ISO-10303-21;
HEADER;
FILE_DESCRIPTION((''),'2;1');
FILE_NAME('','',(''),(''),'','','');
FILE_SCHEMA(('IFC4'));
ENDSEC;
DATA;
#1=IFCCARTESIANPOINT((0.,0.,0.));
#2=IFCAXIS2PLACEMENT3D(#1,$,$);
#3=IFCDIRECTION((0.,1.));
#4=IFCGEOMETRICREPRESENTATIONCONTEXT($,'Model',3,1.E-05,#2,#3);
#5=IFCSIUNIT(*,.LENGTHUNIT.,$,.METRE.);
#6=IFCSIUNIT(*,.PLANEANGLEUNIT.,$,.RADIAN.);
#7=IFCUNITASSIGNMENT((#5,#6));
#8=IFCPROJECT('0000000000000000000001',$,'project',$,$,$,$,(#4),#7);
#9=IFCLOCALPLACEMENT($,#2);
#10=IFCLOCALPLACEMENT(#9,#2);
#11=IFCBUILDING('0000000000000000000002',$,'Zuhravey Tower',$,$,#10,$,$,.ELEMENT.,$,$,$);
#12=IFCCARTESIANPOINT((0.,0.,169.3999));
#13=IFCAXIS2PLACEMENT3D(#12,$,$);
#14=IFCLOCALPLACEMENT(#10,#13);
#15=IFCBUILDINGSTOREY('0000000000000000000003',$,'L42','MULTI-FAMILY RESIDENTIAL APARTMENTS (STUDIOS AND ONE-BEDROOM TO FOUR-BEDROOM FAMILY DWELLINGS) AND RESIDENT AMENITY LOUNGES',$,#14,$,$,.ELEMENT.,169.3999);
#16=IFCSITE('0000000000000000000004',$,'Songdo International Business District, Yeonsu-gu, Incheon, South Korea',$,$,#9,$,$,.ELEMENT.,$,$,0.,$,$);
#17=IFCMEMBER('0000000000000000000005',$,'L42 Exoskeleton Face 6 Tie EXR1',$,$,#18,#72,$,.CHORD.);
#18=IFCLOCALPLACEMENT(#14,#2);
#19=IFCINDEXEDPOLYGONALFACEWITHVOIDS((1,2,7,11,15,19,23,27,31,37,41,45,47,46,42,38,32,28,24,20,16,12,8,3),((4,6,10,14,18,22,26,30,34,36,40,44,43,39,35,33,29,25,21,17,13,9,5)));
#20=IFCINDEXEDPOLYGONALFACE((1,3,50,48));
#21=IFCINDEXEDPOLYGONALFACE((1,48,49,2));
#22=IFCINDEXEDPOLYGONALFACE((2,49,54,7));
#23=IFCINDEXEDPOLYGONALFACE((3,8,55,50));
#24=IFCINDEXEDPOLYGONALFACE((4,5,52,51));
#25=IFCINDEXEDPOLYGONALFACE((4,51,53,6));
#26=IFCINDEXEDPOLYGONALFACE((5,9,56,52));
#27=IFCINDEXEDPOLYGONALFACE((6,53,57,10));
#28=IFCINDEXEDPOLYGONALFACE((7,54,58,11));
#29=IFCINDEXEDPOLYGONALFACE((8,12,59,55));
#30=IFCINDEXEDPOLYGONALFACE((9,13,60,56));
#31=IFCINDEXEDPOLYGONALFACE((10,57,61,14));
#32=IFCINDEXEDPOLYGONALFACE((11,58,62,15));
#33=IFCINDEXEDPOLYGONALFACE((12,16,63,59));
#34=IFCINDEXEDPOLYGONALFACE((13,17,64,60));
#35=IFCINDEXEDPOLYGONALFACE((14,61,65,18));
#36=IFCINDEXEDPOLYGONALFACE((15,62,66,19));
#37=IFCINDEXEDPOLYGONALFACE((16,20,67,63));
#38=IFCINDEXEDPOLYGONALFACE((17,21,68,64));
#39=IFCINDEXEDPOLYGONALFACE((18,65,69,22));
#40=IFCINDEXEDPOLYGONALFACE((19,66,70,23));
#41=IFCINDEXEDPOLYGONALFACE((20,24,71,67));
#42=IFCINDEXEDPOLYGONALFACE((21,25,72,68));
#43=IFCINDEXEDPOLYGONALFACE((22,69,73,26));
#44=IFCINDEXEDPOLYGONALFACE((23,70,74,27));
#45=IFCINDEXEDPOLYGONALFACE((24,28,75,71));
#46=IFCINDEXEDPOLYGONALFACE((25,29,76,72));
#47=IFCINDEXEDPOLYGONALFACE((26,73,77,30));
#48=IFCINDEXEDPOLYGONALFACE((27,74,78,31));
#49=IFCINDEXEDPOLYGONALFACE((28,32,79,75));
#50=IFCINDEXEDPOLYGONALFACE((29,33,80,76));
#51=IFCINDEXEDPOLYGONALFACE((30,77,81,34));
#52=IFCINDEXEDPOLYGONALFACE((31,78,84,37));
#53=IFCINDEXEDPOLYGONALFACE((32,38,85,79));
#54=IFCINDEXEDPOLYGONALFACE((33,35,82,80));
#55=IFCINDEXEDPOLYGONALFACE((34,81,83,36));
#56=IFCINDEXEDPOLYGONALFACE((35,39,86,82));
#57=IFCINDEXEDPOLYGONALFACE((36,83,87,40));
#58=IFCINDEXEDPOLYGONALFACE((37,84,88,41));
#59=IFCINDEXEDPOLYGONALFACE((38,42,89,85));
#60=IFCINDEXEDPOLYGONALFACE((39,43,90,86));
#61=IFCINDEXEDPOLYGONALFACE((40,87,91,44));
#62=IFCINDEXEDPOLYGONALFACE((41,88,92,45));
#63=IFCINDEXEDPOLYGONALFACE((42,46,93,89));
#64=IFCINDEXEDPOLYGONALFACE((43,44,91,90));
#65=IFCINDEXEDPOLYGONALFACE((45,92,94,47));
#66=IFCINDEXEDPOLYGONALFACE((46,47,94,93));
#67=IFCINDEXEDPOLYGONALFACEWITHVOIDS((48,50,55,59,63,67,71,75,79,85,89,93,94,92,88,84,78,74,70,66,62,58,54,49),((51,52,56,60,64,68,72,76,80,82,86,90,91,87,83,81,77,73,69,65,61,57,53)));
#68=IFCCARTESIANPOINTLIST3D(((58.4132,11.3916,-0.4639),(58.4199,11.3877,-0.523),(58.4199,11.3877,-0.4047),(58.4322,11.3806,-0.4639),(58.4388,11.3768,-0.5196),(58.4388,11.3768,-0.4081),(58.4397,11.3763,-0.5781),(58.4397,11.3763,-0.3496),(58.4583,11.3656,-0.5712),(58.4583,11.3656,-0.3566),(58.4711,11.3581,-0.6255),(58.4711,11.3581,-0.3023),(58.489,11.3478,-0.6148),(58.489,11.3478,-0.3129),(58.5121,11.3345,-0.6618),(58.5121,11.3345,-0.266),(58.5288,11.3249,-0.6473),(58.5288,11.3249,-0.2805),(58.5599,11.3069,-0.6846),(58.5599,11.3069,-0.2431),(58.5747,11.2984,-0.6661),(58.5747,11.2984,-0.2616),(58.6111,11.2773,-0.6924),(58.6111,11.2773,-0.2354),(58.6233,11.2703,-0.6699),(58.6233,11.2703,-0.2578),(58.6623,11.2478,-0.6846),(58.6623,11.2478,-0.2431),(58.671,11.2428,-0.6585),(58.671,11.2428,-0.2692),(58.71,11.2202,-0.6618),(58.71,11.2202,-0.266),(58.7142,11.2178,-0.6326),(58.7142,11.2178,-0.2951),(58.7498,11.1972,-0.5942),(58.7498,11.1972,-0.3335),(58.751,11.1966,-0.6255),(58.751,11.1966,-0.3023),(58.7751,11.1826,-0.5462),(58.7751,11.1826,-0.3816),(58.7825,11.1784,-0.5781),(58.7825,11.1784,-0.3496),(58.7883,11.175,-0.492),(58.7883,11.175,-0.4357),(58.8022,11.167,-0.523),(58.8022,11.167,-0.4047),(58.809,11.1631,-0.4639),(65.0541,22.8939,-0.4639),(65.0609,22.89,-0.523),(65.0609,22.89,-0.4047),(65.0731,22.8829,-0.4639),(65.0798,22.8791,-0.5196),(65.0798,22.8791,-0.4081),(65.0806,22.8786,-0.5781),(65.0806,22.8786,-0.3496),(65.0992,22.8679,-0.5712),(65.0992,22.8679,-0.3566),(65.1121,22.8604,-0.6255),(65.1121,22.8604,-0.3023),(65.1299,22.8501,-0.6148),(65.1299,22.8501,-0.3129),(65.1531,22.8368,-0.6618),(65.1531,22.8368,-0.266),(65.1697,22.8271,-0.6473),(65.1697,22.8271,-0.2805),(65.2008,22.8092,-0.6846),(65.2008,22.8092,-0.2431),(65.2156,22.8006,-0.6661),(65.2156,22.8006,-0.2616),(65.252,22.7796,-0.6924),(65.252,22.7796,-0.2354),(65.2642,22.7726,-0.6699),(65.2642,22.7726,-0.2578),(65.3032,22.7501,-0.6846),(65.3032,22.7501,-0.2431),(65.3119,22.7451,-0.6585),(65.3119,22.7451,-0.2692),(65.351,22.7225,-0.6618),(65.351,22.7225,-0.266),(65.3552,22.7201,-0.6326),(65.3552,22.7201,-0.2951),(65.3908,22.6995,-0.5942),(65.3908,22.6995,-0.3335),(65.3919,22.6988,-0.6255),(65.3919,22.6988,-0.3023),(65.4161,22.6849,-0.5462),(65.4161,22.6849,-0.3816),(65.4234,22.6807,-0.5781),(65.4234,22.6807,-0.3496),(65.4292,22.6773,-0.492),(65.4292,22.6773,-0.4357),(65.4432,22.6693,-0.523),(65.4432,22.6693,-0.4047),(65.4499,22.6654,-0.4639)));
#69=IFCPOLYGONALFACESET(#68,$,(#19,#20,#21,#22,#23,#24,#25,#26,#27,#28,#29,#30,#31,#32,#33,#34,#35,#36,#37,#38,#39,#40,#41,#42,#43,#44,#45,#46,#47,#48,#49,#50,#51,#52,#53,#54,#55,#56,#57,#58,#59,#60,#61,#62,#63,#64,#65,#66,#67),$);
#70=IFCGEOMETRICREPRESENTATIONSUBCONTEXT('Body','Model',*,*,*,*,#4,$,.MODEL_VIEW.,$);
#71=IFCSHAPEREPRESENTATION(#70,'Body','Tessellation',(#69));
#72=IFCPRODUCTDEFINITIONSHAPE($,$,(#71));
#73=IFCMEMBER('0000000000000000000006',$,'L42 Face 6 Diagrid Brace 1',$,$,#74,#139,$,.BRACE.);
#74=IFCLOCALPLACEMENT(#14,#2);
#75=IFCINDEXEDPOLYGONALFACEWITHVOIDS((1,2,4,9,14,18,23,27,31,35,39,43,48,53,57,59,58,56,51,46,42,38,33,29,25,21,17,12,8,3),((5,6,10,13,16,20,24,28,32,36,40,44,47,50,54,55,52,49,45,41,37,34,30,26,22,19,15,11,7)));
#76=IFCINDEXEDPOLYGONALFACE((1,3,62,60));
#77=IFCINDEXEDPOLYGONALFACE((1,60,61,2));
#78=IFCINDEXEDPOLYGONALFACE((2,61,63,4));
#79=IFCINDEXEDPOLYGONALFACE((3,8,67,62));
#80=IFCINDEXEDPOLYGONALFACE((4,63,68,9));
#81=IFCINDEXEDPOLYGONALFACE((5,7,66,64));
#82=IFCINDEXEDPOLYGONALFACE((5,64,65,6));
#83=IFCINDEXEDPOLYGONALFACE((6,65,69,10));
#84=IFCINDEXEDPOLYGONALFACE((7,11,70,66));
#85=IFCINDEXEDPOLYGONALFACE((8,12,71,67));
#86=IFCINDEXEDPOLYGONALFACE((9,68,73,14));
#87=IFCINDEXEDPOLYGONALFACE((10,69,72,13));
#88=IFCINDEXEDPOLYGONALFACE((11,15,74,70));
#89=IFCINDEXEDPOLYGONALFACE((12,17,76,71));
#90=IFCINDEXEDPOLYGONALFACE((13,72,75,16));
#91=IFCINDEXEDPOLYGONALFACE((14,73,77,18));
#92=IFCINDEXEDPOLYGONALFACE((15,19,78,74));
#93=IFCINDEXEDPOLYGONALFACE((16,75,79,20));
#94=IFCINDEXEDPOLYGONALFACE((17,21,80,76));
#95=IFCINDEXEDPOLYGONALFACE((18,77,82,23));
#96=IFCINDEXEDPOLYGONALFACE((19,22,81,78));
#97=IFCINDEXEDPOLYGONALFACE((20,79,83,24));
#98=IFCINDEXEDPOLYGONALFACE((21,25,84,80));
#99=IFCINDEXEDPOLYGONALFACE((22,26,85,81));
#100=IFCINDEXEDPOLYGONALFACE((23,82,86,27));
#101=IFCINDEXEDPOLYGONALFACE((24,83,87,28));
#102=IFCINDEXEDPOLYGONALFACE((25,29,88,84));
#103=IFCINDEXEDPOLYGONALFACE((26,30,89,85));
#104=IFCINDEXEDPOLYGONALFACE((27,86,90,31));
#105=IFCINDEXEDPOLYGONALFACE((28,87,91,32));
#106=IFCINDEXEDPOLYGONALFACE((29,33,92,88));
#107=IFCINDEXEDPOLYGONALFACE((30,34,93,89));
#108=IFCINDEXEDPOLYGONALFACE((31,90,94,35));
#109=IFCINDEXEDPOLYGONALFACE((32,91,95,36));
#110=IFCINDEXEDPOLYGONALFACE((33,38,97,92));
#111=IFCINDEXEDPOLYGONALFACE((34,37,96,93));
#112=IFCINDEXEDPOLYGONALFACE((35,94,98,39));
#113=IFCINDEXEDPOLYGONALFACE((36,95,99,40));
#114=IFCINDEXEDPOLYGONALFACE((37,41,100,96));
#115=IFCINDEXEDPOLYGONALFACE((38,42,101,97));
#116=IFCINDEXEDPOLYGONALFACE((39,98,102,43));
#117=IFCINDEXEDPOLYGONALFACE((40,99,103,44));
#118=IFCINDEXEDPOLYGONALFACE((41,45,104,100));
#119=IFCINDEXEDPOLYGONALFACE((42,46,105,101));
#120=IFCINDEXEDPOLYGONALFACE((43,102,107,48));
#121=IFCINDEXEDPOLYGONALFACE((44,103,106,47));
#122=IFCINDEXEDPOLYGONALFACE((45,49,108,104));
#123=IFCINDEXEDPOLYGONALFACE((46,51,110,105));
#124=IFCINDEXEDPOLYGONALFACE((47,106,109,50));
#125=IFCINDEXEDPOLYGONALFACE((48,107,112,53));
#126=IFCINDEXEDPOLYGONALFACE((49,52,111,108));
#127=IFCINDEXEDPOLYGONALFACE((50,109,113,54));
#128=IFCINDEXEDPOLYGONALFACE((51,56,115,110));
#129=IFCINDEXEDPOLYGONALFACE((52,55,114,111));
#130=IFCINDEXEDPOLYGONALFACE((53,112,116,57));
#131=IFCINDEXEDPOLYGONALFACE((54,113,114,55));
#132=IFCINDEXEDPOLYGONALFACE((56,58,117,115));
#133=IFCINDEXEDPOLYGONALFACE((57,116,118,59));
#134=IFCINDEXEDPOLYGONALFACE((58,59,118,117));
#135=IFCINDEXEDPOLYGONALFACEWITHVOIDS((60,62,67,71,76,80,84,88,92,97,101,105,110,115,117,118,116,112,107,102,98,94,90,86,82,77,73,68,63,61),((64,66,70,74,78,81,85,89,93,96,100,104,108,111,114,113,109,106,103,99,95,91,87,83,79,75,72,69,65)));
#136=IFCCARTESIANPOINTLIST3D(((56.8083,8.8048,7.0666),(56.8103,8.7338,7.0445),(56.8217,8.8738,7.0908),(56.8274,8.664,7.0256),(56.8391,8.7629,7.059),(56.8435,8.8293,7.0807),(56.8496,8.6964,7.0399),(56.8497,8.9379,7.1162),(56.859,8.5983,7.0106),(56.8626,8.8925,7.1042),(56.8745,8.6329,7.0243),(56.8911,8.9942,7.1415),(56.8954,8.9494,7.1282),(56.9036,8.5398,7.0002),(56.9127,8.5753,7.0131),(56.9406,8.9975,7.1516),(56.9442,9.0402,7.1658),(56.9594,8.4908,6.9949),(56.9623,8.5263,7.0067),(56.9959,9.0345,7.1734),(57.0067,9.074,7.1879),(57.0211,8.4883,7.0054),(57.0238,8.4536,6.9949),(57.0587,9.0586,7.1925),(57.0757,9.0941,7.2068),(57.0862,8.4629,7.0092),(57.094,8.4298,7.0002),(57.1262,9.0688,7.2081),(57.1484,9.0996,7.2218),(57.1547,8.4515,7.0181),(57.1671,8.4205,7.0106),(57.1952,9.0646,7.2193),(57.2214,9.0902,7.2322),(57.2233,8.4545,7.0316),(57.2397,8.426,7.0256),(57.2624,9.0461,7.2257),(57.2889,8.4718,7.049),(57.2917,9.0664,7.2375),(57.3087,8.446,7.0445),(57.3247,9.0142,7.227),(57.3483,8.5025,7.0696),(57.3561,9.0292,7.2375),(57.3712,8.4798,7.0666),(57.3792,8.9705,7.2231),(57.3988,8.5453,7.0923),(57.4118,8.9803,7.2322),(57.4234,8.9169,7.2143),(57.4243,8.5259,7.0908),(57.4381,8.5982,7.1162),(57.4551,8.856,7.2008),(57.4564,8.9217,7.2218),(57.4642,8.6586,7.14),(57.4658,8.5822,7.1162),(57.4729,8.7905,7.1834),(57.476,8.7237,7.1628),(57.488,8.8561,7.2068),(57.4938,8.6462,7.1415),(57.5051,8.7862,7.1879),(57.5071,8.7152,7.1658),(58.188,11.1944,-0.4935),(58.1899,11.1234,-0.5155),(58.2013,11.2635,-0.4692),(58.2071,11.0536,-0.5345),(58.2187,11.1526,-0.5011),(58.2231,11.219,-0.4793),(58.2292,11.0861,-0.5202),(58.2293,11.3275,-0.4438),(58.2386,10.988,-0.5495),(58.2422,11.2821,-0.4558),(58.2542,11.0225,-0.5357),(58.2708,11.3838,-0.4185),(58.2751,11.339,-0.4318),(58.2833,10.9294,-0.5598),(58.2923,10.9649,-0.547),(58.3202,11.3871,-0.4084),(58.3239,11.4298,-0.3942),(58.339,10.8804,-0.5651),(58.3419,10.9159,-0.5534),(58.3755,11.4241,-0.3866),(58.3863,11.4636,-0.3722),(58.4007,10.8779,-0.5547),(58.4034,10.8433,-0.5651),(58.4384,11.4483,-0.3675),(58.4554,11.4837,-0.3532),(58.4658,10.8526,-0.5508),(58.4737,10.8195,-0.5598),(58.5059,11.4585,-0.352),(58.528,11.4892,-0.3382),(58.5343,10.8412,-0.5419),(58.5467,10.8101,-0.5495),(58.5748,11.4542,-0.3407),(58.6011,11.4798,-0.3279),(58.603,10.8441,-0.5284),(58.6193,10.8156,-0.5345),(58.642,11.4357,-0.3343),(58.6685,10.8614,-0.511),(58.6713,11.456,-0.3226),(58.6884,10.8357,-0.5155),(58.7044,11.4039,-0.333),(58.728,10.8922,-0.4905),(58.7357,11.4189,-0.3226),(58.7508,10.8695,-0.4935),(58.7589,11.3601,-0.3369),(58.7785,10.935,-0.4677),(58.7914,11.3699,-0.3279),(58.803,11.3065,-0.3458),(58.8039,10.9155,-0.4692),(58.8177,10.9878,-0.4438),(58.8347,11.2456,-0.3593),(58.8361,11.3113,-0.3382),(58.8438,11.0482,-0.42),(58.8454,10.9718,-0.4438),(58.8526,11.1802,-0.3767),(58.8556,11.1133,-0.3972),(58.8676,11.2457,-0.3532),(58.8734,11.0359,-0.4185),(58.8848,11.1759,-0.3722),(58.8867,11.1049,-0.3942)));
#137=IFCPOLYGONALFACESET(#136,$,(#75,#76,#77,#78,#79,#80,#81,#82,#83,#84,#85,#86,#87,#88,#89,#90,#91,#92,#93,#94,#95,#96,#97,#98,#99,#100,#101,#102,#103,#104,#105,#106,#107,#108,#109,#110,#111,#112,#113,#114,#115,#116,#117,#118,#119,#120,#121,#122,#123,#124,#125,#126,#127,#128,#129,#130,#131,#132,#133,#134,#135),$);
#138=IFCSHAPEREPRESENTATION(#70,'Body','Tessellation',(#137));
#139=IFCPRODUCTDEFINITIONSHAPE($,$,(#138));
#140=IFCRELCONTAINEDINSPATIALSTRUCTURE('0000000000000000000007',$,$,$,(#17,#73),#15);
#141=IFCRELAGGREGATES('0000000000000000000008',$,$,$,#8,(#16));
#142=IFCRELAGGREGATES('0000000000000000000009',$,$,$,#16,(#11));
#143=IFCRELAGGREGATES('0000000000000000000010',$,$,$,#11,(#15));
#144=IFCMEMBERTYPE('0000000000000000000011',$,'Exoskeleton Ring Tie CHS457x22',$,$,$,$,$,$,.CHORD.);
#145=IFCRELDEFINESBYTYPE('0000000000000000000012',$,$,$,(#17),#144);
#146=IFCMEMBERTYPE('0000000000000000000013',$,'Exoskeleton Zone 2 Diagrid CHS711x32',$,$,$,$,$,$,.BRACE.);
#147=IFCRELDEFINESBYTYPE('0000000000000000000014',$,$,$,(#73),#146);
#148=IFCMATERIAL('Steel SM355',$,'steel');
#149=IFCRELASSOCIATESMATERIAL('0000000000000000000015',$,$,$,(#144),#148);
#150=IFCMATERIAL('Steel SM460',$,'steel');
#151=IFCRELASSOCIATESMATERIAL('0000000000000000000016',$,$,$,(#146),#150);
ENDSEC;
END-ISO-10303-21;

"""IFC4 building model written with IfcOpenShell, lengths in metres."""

from ifc_helpers import new_model, si_unit, direction, frame, origin, origin_2d, place, context, subcontext, project, spatial, hollow_circle, extrude, material, material_profile, profile_set, type_object, element, save


model = new_model("IFC4")

# Units and contexts
model_context = context("Model", 3, precision=1e-05, world=origin(), true_north=direction((0.0, 1.0)))
body_context = subcontext(model_context, "Body", "Model", "MODEL_VIEW")
ifc_project = project(units=[si_unit("LENGTHUNIT", "METRE"), si_unit("PLANEANGLEUNIT", "RADIAN")], contexts=[model_context])

# Site, building, storey
site_placement = place(None, origin())
site = spatial("IfcSite", under=ifc_project, at=site_placement, Name="Songdo International Business District, Yeonsu-gu, Incheon, South Korea", CompositionType="ELEMENT", RefElevation=0.0)
building_placement = place(site_placement, origin())
building = spatial("IfcBuilding", under=site, at=building_placement, Name="Zuhravey Tower", CompositionType="ELEMENT")
storey_placement = place(building_placement, frame((0.0, 0.0, 169.3999)))
storey = spatial("IfcBuildingStorey", under=building, at=storey_placement, Name="L42", Description="MULTI-FAMILY RESIDENTIAL APARTMENTS (STUDIOS AND ONE-BEDROOM TO FOUR-BEDROOM FAMILY DWELLINGS) AND RESIDENT AMENITY LOUNGES", CompositionType="ELEMENT", Elevation=169.3999)

# Members
ifc_material_1 = material(Name="Steel SM355", Category="steel")
ifc_material_profile_1 = material_profile(ifc_material_1, hollow_circle(Radius=0.2285, WallThickness=0.022, at=origin_2d()), Name="CHS-457.2x22")
ifc_profile_set_1 = profile_set([ifc_material_profile_1], Name="Steel SM355")
member_type_1 = type_object("IfcMemberType", Name="Exoskeleton Ring Tie CHS457x22", PredefinedType="CHORD", material=ifc_profile_set_1)
member_1_placement = place(storey_placement, frame((58.6111, 11.2773, -0.4639), z_axis=(0.500004, 0.866023, 0.0), x_axis=(-0.866023, 0.500004, 0.0)))
element("IfcMember", 1, at=member_1_placement, inside=storey, type_object=member_type_1, Name="L42 Exoskeleton Face 6 Tie EXR1", PredefinedType="CHORD", context=body_context, shape_type="SweptSolid", body=[
    extrude(hollow_circle(Radius=0.2285, WallThickness=0.022, at=origin_2d()), origin(), (0.0, 0.0, 1.0), 13.2817),
])
ifc_material_2 = material(Name="Steel SM460", Category="steel")
ifc_material_profile_2 = material_profile(ifc_material_2, hollow_circle(Radius=0.3557, WallThickness=0.032, at=origin_2d()), Name="CHS-711.2x32")
ifc_profile_set_2 = profile_set([ifc_material_profile_2], Name="Steel SM460")
member_type_2 = type_object("IfcMemberType", Name="Exoskeleton Zone 2 Diagrid CHS711x32", PredefinedType="BRACE", material=ifc_profile_set_2)
member_2_placement = place(storey_placement, frame((58.5374, 11.1497, -0.4438), z_axis=(-0.171429, -0.296929, 0.939386), x_axis=(0.866029, -0.499993, 0.0)))
element("IfcMember", 2, at=member_2_placement, inside=storey, type_object=member_type_2, Name="L42 Face 6 Diagrid Brace 1", PredefinedType="BRACE", context=body_context, shape_type="SweptSolid", body=[
    extrude(hollow_circle(Radius=0.3557, WallThickness=0.032, at=origin_2d()), origin(), (0.0, 0.0, 1.0), 8.0479),
])

save(model, "model.ifc")
